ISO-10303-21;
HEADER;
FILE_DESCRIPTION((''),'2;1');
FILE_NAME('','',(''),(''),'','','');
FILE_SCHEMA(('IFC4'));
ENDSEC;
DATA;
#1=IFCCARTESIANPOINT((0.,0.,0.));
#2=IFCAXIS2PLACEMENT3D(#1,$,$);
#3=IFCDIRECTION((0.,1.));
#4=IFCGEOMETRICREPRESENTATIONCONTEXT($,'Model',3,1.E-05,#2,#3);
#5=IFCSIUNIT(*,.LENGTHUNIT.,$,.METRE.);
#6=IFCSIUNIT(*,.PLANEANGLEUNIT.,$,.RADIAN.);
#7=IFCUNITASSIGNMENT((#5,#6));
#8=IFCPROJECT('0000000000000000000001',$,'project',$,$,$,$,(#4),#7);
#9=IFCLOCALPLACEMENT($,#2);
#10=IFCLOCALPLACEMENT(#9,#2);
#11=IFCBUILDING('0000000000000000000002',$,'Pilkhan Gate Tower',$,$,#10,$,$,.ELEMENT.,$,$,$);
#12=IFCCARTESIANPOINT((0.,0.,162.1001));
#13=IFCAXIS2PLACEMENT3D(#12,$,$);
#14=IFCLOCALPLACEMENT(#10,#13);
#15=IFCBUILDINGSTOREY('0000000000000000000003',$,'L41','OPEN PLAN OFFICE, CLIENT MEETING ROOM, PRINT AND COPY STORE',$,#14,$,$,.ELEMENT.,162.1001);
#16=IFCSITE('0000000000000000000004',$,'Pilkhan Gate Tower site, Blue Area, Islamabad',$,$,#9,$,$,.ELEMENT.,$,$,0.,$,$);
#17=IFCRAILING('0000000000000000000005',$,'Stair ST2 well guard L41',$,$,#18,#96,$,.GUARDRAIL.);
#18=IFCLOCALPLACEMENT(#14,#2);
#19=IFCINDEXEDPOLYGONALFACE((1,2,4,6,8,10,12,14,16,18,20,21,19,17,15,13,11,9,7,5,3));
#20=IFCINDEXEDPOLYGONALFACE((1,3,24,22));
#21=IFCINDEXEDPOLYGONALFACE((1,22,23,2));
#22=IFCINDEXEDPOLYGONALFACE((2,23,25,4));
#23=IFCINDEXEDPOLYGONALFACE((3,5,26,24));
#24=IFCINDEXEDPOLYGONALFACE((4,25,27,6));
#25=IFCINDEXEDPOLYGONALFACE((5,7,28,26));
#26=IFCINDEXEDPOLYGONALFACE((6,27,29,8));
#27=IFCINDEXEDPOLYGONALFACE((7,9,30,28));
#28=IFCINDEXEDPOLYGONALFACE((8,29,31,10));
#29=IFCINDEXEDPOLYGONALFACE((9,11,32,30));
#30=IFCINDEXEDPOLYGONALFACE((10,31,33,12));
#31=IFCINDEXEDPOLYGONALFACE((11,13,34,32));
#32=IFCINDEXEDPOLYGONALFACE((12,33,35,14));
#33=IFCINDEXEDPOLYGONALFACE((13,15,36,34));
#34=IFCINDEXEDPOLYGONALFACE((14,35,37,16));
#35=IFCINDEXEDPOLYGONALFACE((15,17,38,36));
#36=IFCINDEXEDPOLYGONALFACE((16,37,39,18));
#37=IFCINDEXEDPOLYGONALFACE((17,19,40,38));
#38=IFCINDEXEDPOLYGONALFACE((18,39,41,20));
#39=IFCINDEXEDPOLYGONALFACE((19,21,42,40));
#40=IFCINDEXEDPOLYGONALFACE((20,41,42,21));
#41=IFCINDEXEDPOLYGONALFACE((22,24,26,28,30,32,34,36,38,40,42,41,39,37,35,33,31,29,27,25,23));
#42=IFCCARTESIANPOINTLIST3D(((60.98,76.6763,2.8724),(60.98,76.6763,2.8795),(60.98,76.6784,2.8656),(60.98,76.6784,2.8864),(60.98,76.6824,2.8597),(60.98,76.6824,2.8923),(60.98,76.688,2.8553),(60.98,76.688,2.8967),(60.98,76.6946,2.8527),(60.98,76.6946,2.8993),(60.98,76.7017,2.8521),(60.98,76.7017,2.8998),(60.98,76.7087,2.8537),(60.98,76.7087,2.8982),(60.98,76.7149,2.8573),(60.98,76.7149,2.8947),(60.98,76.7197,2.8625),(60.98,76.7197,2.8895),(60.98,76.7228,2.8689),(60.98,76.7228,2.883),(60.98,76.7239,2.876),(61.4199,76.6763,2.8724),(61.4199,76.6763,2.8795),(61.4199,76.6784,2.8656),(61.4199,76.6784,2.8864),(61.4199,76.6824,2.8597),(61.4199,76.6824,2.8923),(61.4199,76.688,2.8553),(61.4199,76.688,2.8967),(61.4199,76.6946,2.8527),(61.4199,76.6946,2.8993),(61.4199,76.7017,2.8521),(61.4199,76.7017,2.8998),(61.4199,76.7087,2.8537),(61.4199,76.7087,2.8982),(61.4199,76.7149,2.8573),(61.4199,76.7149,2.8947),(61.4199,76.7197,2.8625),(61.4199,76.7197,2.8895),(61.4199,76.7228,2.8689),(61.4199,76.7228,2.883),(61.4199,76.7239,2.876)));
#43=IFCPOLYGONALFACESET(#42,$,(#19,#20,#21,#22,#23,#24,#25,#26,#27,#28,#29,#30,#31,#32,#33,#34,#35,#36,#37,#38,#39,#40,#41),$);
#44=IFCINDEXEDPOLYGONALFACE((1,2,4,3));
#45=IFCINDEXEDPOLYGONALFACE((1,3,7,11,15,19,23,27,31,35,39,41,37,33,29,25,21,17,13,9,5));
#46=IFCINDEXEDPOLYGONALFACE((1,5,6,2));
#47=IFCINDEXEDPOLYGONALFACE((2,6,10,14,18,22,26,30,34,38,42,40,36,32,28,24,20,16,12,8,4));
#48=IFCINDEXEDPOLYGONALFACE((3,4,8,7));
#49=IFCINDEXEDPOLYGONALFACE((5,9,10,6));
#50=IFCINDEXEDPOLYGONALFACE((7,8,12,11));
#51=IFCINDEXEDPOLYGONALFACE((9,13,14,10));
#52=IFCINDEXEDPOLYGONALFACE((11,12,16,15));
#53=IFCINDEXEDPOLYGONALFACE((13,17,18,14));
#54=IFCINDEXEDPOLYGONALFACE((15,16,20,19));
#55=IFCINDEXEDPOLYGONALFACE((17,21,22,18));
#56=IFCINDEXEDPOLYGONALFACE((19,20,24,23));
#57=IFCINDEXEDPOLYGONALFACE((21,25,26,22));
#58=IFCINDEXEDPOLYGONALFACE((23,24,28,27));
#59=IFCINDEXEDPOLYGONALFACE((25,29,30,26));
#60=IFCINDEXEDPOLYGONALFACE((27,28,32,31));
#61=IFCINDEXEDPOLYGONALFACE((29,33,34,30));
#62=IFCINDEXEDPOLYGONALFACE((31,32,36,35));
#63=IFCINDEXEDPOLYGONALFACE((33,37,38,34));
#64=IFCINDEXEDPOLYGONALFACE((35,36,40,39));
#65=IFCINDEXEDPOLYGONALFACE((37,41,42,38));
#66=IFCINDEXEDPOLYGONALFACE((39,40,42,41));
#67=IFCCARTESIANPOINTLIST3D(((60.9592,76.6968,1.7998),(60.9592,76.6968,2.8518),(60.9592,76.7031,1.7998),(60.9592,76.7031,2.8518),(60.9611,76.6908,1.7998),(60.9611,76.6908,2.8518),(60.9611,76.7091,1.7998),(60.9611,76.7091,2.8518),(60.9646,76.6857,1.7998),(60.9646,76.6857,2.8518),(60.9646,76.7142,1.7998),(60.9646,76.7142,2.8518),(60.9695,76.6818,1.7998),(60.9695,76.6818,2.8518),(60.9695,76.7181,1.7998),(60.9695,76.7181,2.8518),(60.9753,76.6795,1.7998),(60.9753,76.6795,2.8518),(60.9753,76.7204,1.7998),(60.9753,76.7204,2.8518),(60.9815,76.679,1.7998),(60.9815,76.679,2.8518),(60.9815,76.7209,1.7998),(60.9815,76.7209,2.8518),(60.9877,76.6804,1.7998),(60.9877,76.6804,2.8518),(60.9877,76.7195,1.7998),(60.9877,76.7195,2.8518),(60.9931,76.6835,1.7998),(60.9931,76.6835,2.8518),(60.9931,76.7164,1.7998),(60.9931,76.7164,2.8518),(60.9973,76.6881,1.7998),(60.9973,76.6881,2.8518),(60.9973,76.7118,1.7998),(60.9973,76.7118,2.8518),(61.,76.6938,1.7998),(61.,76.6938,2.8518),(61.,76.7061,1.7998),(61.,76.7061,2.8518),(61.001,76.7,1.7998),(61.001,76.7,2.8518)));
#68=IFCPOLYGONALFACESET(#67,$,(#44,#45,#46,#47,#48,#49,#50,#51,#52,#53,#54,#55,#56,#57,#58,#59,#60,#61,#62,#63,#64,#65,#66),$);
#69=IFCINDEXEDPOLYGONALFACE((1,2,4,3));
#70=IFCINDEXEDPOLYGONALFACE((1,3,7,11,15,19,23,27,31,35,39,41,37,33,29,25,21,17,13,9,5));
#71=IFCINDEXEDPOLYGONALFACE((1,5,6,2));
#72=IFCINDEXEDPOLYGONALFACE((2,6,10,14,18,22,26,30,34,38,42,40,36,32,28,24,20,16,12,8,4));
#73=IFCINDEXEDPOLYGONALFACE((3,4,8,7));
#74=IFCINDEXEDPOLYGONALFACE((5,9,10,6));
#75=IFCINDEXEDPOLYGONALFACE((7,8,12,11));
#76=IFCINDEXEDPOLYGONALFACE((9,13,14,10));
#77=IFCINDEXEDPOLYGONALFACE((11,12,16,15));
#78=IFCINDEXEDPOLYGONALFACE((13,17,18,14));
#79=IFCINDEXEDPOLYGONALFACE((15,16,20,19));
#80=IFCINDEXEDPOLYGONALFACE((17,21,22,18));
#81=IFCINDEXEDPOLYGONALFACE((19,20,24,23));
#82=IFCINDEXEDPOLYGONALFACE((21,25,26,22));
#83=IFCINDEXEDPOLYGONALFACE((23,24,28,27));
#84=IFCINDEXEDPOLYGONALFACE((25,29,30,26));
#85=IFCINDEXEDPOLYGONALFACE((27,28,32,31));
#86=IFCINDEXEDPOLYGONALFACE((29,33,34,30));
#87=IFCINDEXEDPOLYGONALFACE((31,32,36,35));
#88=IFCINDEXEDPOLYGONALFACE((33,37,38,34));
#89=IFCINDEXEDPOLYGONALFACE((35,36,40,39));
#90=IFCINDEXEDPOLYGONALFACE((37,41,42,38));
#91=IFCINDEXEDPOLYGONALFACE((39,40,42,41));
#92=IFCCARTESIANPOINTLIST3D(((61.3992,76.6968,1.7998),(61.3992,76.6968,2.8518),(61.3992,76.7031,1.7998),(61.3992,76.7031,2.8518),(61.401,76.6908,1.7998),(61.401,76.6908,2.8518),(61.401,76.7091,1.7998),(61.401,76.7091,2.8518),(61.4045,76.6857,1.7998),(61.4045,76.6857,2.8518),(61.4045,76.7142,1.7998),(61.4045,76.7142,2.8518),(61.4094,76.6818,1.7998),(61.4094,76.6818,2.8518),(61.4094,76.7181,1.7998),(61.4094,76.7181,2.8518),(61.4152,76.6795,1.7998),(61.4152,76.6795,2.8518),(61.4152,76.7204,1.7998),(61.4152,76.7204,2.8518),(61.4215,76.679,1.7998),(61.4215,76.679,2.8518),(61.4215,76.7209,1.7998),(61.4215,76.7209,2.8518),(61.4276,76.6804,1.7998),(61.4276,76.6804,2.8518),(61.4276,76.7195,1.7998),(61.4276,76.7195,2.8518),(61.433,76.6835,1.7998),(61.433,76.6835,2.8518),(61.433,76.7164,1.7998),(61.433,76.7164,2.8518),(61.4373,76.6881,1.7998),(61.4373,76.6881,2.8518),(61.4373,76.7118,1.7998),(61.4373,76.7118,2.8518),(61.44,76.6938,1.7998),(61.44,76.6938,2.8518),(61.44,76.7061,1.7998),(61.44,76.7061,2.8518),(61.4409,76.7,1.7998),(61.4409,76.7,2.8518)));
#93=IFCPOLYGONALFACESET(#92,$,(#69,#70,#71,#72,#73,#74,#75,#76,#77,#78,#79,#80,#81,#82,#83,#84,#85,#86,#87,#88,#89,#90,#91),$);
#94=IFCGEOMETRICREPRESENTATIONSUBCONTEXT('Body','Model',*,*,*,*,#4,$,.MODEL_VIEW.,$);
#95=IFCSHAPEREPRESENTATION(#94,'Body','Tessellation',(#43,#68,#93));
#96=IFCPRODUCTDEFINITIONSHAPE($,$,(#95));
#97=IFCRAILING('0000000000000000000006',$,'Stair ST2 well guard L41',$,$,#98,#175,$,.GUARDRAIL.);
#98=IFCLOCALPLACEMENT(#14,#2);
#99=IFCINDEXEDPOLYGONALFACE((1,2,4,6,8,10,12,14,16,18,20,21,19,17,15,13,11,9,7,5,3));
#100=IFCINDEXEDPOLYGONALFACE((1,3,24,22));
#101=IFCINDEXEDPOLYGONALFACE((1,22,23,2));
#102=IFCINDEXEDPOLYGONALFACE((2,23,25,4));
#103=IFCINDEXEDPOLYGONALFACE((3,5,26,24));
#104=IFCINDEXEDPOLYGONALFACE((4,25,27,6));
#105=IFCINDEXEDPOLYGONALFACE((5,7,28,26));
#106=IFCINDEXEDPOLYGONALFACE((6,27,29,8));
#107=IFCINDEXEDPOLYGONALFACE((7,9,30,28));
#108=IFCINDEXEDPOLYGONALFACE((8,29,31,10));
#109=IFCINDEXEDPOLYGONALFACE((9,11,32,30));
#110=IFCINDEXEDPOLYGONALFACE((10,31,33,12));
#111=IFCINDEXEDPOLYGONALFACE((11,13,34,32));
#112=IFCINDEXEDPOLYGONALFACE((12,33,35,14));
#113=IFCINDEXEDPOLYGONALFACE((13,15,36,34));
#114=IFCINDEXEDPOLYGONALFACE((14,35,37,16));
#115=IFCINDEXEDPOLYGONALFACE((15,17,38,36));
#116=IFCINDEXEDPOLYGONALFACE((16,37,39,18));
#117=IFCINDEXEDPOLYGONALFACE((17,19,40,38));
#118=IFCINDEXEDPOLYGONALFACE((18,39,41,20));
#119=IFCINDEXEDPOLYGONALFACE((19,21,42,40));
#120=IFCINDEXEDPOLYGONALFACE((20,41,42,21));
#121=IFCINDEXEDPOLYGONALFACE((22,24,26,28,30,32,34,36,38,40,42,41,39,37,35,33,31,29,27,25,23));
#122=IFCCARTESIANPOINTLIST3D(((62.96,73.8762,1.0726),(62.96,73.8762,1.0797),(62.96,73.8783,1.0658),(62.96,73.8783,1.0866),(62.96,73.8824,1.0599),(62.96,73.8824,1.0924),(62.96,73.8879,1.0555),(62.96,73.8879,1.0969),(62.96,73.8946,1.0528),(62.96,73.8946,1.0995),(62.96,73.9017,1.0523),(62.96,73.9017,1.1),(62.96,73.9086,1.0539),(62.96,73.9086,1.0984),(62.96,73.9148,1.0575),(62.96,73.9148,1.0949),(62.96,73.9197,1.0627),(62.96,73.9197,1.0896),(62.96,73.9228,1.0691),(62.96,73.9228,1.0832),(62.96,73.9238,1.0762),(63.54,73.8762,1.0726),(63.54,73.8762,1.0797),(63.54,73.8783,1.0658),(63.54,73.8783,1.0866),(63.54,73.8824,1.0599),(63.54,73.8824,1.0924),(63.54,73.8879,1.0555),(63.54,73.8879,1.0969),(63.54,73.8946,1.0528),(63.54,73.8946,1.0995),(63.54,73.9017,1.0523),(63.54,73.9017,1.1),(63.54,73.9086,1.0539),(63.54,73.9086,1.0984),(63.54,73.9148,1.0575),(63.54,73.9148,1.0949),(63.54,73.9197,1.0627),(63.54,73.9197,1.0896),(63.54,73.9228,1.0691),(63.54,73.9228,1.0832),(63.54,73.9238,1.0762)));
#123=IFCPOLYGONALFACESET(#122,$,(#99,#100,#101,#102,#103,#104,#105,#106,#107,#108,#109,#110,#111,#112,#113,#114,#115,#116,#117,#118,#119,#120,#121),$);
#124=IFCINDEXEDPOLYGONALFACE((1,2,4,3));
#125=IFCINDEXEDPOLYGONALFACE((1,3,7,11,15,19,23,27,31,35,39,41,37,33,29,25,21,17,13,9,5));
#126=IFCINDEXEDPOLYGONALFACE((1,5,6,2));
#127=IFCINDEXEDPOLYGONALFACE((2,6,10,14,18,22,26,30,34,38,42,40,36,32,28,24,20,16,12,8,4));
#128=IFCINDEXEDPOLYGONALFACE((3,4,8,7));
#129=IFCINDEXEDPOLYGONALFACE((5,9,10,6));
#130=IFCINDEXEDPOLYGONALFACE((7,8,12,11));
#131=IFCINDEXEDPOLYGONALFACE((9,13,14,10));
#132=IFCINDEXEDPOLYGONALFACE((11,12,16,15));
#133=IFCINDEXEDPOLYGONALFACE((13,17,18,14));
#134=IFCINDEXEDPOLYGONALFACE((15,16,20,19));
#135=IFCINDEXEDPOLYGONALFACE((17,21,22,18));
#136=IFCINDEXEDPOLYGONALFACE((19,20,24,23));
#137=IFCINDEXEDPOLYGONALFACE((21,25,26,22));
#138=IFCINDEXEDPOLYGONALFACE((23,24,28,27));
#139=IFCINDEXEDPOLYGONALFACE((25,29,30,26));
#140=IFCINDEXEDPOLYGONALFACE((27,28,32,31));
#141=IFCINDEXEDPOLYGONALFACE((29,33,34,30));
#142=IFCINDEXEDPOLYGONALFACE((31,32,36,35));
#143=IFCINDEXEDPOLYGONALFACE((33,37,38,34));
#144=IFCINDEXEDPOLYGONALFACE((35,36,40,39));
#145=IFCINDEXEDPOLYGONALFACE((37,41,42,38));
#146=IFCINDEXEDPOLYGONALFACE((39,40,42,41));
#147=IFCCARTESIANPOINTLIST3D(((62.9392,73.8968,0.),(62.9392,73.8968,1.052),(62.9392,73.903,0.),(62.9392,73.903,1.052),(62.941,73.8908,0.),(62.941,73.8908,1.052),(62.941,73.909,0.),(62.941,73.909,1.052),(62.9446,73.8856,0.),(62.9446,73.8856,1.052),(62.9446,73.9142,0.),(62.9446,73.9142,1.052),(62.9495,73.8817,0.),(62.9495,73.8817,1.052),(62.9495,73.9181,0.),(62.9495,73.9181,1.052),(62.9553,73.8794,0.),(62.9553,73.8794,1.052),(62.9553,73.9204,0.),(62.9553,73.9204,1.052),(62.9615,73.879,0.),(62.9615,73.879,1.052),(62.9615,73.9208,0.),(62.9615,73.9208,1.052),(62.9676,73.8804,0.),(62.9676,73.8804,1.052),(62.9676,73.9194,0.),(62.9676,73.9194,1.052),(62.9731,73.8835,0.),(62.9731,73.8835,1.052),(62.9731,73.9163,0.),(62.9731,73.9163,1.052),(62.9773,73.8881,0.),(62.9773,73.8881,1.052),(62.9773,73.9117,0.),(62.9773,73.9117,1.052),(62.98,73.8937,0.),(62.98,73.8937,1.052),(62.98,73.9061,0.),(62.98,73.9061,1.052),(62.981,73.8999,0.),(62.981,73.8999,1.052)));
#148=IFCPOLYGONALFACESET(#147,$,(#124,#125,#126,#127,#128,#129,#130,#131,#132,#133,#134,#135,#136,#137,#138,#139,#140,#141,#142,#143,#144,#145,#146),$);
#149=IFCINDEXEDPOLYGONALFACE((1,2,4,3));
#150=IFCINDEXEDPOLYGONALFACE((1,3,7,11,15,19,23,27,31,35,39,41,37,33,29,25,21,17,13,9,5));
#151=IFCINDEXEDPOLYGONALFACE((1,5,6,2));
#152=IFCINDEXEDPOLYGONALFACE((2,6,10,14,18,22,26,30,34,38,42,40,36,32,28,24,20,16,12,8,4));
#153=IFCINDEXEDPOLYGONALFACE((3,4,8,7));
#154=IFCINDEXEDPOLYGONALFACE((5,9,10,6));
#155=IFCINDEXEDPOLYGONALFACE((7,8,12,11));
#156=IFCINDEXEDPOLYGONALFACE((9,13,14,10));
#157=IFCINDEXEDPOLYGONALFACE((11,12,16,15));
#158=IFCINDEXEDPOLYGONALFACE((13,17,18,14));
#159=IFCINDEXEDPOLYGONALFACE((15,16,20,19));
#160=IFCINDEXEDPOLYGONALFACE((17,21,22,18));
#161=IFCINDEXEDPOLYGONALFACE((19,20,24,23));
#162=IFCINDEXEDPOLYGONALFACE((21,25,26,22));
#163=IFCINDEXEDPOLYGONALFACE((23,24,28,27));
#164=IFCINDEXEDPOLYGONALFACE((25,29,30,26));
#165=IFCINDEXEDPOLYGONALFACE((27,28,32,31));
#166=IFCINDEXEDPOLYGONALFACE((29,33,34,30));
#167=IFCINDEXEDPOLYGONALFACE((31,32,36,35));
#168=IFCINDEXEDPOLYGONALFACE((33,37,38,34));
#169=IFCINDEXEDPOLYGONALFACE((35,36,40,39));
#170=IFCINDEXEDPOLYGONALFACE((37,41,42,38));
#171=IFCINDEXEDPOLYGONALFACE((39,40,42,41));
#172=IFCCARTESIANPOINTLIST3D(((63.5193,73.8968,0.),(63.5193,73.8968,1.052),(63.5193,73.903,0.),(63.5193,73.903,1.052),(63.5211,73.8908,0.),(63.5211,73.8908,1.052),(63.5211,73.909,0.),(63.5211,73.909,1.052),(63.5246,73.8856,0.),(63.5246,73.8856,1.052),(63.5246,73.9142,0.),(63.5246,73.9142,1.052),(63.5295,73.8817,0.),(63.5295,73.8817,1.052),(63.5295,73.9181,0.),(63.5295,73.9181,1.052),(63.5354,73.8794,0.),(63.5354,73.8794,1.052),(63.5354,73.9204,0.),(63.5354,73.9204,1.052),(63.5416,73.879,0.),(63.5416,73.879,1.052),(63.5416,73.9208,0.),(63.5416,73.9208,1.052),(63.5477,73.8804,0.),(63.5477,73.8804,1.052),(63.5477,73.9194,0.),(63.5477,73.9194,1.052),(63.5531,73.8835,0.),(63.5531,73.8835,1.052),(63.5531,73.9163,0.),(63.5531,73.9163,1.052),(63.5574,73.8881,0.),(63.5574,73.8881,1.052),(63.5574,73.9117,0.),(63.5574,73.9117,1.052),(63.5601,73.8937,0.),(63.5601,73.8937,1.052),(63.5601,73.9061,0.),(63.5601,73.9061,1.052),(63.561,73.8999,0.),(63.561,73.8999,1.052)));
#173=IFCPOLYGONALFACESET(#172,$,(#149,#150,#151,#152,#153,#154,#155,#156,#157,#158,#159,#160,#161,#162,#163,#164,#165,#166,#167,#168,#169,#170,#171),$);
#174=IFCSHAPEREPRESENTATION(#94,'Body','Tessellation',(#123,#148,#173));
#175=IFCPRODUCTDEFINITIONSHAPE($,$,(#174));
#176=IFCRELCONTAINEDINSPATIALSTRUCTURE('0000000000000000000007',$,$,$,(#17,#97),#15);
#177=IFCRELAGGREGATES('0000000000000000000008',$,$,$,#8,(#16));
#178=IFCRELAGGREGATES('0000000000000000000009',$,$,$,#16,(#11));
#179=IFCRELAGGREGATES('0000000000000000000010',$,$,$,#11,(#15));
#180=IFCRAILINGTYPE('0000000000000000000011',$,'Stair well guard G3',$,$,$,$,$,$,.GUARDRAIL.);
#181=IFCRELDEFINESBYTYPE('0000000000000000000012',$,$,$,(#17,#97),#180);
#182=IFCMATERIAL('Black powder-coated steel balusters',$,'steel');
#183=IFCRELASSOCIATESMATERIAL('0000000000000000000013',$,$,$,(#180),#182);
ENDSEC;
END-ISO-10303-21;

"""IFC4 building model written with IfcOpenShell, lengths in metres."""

from ifc_helpers import new_model, si_unit, direction, frame, origin, origin_2d, place, context, subcontext, project, spatial, circle, extrude, material, type_object, element, save


model = new_model("IFC4")

# Units and contexts
model_context = context("Model", 3, precision=1e-05, world=origin(), true_north=direction((0.0, 1.0)))
body_context = subcontext(model_context, "Body", "Model", "MODEL_VIEW")
ifc_project = project(units=[si_unit("LENGTHUNIT", "METRE"), si_unit("PLANEANGLEUNIT", "RADIAN")], contexts=[model_context])

# Site, building, storey
site_placement = place(None, origin())
site = spatial("IfcSite", under=ifc_project, at=site_placement, Name="Pilkhan Gate Tower site, Blue Area, Islamabad", CompositionType="ELEMENT", RefElevation=0.0)
building_placement = place(site_placement, origin())
building = spatial("IfcBuilding", under=site, at=building_placement, Name="Pilkhan Gate Tower", CompositionType="ELEMENT")
storey_placement = place(building_placement, frame((0.0, 0.0, 162.1001)))
storey = spatial("IfcBuildingStorey", under=building, at=storey_placement, Name="L41", Description="OPEN PLAN OFFICE, CLIENT MEETING ROOM, PRINT AND COPY STORE", CompositionType="ELEMENT", Elevation=162.1001)

# Railings
ifc_material_1 = material(Name="Black powder-coated steel balusters", Category="steel")
railing_type_1 = type_object("IfcRailingType", Name="Stair well guard G3", PredefinedType="GUARDRAIL", material=ifc_material_1)
railing_1_placement = place(storey_placement, frame((60.98, 76.7, 1.7998)))
element("IfcRailing", 1, at=railing_1_placement, inside=storey, type_object=railing_type_1, Name="Stair ST2 well guard L41", PredefinedType="GUARDRAIL", context=body_context, shape_type="SweptSolid", body=[
    extrude(circle(Radius=0.0239, at=origin_2d()), frame((0.0, 0.0, 1.0762), z_axis=(1.0, 0.0, 0.0), x_axis=(0.0, 1.0, 0.0)), (0.0, 0.0, 1.0), 0.4399),
    extrude(circle(Radius=0.021, at=origin_2d()), origin(), (0.0, 0.0, 1.0), 1.052),
    extrude(circle(Radius=0.021, at=origin_2d()), frame((0.4399, 0.0, 0.0)), (0.0, 0.0, 1.0), 1.052),
])
for number, where, name in (
    (2, (62.96, 73.8999, 0.0), "Stair ST2 well guard L41"),
):
    element("IfcRailing", number, at=place(storey_placement, frame(where)), inside=storey, type_object=railing_type_1, Name=name, PredefinedType="GUARDRAIL", context=body_context, shape_type="SweptSolid", body=[
        extrude(circle(Radius=0.0239, at=origin_2d()), frame((0.0, 0.0, 1.0762), z_axis=(1.0, 0.0, 0.0), x_axis=(0.0, 1.0, 0.0)), (0.0, 0.0, 1.0), 0.5801),
        extrude(circle(Radius=0.021, at=origin_2d()), origin(), (0.0, 0.0, 1.0), 1.052),
        extrude(circle(Radius=0.021, at=origin_2d()), frame((0.5801, 0.0, 0.0)), (0.0, 0.0, 1.0), 1.052),
    ])

save(model, "model.ifc")
